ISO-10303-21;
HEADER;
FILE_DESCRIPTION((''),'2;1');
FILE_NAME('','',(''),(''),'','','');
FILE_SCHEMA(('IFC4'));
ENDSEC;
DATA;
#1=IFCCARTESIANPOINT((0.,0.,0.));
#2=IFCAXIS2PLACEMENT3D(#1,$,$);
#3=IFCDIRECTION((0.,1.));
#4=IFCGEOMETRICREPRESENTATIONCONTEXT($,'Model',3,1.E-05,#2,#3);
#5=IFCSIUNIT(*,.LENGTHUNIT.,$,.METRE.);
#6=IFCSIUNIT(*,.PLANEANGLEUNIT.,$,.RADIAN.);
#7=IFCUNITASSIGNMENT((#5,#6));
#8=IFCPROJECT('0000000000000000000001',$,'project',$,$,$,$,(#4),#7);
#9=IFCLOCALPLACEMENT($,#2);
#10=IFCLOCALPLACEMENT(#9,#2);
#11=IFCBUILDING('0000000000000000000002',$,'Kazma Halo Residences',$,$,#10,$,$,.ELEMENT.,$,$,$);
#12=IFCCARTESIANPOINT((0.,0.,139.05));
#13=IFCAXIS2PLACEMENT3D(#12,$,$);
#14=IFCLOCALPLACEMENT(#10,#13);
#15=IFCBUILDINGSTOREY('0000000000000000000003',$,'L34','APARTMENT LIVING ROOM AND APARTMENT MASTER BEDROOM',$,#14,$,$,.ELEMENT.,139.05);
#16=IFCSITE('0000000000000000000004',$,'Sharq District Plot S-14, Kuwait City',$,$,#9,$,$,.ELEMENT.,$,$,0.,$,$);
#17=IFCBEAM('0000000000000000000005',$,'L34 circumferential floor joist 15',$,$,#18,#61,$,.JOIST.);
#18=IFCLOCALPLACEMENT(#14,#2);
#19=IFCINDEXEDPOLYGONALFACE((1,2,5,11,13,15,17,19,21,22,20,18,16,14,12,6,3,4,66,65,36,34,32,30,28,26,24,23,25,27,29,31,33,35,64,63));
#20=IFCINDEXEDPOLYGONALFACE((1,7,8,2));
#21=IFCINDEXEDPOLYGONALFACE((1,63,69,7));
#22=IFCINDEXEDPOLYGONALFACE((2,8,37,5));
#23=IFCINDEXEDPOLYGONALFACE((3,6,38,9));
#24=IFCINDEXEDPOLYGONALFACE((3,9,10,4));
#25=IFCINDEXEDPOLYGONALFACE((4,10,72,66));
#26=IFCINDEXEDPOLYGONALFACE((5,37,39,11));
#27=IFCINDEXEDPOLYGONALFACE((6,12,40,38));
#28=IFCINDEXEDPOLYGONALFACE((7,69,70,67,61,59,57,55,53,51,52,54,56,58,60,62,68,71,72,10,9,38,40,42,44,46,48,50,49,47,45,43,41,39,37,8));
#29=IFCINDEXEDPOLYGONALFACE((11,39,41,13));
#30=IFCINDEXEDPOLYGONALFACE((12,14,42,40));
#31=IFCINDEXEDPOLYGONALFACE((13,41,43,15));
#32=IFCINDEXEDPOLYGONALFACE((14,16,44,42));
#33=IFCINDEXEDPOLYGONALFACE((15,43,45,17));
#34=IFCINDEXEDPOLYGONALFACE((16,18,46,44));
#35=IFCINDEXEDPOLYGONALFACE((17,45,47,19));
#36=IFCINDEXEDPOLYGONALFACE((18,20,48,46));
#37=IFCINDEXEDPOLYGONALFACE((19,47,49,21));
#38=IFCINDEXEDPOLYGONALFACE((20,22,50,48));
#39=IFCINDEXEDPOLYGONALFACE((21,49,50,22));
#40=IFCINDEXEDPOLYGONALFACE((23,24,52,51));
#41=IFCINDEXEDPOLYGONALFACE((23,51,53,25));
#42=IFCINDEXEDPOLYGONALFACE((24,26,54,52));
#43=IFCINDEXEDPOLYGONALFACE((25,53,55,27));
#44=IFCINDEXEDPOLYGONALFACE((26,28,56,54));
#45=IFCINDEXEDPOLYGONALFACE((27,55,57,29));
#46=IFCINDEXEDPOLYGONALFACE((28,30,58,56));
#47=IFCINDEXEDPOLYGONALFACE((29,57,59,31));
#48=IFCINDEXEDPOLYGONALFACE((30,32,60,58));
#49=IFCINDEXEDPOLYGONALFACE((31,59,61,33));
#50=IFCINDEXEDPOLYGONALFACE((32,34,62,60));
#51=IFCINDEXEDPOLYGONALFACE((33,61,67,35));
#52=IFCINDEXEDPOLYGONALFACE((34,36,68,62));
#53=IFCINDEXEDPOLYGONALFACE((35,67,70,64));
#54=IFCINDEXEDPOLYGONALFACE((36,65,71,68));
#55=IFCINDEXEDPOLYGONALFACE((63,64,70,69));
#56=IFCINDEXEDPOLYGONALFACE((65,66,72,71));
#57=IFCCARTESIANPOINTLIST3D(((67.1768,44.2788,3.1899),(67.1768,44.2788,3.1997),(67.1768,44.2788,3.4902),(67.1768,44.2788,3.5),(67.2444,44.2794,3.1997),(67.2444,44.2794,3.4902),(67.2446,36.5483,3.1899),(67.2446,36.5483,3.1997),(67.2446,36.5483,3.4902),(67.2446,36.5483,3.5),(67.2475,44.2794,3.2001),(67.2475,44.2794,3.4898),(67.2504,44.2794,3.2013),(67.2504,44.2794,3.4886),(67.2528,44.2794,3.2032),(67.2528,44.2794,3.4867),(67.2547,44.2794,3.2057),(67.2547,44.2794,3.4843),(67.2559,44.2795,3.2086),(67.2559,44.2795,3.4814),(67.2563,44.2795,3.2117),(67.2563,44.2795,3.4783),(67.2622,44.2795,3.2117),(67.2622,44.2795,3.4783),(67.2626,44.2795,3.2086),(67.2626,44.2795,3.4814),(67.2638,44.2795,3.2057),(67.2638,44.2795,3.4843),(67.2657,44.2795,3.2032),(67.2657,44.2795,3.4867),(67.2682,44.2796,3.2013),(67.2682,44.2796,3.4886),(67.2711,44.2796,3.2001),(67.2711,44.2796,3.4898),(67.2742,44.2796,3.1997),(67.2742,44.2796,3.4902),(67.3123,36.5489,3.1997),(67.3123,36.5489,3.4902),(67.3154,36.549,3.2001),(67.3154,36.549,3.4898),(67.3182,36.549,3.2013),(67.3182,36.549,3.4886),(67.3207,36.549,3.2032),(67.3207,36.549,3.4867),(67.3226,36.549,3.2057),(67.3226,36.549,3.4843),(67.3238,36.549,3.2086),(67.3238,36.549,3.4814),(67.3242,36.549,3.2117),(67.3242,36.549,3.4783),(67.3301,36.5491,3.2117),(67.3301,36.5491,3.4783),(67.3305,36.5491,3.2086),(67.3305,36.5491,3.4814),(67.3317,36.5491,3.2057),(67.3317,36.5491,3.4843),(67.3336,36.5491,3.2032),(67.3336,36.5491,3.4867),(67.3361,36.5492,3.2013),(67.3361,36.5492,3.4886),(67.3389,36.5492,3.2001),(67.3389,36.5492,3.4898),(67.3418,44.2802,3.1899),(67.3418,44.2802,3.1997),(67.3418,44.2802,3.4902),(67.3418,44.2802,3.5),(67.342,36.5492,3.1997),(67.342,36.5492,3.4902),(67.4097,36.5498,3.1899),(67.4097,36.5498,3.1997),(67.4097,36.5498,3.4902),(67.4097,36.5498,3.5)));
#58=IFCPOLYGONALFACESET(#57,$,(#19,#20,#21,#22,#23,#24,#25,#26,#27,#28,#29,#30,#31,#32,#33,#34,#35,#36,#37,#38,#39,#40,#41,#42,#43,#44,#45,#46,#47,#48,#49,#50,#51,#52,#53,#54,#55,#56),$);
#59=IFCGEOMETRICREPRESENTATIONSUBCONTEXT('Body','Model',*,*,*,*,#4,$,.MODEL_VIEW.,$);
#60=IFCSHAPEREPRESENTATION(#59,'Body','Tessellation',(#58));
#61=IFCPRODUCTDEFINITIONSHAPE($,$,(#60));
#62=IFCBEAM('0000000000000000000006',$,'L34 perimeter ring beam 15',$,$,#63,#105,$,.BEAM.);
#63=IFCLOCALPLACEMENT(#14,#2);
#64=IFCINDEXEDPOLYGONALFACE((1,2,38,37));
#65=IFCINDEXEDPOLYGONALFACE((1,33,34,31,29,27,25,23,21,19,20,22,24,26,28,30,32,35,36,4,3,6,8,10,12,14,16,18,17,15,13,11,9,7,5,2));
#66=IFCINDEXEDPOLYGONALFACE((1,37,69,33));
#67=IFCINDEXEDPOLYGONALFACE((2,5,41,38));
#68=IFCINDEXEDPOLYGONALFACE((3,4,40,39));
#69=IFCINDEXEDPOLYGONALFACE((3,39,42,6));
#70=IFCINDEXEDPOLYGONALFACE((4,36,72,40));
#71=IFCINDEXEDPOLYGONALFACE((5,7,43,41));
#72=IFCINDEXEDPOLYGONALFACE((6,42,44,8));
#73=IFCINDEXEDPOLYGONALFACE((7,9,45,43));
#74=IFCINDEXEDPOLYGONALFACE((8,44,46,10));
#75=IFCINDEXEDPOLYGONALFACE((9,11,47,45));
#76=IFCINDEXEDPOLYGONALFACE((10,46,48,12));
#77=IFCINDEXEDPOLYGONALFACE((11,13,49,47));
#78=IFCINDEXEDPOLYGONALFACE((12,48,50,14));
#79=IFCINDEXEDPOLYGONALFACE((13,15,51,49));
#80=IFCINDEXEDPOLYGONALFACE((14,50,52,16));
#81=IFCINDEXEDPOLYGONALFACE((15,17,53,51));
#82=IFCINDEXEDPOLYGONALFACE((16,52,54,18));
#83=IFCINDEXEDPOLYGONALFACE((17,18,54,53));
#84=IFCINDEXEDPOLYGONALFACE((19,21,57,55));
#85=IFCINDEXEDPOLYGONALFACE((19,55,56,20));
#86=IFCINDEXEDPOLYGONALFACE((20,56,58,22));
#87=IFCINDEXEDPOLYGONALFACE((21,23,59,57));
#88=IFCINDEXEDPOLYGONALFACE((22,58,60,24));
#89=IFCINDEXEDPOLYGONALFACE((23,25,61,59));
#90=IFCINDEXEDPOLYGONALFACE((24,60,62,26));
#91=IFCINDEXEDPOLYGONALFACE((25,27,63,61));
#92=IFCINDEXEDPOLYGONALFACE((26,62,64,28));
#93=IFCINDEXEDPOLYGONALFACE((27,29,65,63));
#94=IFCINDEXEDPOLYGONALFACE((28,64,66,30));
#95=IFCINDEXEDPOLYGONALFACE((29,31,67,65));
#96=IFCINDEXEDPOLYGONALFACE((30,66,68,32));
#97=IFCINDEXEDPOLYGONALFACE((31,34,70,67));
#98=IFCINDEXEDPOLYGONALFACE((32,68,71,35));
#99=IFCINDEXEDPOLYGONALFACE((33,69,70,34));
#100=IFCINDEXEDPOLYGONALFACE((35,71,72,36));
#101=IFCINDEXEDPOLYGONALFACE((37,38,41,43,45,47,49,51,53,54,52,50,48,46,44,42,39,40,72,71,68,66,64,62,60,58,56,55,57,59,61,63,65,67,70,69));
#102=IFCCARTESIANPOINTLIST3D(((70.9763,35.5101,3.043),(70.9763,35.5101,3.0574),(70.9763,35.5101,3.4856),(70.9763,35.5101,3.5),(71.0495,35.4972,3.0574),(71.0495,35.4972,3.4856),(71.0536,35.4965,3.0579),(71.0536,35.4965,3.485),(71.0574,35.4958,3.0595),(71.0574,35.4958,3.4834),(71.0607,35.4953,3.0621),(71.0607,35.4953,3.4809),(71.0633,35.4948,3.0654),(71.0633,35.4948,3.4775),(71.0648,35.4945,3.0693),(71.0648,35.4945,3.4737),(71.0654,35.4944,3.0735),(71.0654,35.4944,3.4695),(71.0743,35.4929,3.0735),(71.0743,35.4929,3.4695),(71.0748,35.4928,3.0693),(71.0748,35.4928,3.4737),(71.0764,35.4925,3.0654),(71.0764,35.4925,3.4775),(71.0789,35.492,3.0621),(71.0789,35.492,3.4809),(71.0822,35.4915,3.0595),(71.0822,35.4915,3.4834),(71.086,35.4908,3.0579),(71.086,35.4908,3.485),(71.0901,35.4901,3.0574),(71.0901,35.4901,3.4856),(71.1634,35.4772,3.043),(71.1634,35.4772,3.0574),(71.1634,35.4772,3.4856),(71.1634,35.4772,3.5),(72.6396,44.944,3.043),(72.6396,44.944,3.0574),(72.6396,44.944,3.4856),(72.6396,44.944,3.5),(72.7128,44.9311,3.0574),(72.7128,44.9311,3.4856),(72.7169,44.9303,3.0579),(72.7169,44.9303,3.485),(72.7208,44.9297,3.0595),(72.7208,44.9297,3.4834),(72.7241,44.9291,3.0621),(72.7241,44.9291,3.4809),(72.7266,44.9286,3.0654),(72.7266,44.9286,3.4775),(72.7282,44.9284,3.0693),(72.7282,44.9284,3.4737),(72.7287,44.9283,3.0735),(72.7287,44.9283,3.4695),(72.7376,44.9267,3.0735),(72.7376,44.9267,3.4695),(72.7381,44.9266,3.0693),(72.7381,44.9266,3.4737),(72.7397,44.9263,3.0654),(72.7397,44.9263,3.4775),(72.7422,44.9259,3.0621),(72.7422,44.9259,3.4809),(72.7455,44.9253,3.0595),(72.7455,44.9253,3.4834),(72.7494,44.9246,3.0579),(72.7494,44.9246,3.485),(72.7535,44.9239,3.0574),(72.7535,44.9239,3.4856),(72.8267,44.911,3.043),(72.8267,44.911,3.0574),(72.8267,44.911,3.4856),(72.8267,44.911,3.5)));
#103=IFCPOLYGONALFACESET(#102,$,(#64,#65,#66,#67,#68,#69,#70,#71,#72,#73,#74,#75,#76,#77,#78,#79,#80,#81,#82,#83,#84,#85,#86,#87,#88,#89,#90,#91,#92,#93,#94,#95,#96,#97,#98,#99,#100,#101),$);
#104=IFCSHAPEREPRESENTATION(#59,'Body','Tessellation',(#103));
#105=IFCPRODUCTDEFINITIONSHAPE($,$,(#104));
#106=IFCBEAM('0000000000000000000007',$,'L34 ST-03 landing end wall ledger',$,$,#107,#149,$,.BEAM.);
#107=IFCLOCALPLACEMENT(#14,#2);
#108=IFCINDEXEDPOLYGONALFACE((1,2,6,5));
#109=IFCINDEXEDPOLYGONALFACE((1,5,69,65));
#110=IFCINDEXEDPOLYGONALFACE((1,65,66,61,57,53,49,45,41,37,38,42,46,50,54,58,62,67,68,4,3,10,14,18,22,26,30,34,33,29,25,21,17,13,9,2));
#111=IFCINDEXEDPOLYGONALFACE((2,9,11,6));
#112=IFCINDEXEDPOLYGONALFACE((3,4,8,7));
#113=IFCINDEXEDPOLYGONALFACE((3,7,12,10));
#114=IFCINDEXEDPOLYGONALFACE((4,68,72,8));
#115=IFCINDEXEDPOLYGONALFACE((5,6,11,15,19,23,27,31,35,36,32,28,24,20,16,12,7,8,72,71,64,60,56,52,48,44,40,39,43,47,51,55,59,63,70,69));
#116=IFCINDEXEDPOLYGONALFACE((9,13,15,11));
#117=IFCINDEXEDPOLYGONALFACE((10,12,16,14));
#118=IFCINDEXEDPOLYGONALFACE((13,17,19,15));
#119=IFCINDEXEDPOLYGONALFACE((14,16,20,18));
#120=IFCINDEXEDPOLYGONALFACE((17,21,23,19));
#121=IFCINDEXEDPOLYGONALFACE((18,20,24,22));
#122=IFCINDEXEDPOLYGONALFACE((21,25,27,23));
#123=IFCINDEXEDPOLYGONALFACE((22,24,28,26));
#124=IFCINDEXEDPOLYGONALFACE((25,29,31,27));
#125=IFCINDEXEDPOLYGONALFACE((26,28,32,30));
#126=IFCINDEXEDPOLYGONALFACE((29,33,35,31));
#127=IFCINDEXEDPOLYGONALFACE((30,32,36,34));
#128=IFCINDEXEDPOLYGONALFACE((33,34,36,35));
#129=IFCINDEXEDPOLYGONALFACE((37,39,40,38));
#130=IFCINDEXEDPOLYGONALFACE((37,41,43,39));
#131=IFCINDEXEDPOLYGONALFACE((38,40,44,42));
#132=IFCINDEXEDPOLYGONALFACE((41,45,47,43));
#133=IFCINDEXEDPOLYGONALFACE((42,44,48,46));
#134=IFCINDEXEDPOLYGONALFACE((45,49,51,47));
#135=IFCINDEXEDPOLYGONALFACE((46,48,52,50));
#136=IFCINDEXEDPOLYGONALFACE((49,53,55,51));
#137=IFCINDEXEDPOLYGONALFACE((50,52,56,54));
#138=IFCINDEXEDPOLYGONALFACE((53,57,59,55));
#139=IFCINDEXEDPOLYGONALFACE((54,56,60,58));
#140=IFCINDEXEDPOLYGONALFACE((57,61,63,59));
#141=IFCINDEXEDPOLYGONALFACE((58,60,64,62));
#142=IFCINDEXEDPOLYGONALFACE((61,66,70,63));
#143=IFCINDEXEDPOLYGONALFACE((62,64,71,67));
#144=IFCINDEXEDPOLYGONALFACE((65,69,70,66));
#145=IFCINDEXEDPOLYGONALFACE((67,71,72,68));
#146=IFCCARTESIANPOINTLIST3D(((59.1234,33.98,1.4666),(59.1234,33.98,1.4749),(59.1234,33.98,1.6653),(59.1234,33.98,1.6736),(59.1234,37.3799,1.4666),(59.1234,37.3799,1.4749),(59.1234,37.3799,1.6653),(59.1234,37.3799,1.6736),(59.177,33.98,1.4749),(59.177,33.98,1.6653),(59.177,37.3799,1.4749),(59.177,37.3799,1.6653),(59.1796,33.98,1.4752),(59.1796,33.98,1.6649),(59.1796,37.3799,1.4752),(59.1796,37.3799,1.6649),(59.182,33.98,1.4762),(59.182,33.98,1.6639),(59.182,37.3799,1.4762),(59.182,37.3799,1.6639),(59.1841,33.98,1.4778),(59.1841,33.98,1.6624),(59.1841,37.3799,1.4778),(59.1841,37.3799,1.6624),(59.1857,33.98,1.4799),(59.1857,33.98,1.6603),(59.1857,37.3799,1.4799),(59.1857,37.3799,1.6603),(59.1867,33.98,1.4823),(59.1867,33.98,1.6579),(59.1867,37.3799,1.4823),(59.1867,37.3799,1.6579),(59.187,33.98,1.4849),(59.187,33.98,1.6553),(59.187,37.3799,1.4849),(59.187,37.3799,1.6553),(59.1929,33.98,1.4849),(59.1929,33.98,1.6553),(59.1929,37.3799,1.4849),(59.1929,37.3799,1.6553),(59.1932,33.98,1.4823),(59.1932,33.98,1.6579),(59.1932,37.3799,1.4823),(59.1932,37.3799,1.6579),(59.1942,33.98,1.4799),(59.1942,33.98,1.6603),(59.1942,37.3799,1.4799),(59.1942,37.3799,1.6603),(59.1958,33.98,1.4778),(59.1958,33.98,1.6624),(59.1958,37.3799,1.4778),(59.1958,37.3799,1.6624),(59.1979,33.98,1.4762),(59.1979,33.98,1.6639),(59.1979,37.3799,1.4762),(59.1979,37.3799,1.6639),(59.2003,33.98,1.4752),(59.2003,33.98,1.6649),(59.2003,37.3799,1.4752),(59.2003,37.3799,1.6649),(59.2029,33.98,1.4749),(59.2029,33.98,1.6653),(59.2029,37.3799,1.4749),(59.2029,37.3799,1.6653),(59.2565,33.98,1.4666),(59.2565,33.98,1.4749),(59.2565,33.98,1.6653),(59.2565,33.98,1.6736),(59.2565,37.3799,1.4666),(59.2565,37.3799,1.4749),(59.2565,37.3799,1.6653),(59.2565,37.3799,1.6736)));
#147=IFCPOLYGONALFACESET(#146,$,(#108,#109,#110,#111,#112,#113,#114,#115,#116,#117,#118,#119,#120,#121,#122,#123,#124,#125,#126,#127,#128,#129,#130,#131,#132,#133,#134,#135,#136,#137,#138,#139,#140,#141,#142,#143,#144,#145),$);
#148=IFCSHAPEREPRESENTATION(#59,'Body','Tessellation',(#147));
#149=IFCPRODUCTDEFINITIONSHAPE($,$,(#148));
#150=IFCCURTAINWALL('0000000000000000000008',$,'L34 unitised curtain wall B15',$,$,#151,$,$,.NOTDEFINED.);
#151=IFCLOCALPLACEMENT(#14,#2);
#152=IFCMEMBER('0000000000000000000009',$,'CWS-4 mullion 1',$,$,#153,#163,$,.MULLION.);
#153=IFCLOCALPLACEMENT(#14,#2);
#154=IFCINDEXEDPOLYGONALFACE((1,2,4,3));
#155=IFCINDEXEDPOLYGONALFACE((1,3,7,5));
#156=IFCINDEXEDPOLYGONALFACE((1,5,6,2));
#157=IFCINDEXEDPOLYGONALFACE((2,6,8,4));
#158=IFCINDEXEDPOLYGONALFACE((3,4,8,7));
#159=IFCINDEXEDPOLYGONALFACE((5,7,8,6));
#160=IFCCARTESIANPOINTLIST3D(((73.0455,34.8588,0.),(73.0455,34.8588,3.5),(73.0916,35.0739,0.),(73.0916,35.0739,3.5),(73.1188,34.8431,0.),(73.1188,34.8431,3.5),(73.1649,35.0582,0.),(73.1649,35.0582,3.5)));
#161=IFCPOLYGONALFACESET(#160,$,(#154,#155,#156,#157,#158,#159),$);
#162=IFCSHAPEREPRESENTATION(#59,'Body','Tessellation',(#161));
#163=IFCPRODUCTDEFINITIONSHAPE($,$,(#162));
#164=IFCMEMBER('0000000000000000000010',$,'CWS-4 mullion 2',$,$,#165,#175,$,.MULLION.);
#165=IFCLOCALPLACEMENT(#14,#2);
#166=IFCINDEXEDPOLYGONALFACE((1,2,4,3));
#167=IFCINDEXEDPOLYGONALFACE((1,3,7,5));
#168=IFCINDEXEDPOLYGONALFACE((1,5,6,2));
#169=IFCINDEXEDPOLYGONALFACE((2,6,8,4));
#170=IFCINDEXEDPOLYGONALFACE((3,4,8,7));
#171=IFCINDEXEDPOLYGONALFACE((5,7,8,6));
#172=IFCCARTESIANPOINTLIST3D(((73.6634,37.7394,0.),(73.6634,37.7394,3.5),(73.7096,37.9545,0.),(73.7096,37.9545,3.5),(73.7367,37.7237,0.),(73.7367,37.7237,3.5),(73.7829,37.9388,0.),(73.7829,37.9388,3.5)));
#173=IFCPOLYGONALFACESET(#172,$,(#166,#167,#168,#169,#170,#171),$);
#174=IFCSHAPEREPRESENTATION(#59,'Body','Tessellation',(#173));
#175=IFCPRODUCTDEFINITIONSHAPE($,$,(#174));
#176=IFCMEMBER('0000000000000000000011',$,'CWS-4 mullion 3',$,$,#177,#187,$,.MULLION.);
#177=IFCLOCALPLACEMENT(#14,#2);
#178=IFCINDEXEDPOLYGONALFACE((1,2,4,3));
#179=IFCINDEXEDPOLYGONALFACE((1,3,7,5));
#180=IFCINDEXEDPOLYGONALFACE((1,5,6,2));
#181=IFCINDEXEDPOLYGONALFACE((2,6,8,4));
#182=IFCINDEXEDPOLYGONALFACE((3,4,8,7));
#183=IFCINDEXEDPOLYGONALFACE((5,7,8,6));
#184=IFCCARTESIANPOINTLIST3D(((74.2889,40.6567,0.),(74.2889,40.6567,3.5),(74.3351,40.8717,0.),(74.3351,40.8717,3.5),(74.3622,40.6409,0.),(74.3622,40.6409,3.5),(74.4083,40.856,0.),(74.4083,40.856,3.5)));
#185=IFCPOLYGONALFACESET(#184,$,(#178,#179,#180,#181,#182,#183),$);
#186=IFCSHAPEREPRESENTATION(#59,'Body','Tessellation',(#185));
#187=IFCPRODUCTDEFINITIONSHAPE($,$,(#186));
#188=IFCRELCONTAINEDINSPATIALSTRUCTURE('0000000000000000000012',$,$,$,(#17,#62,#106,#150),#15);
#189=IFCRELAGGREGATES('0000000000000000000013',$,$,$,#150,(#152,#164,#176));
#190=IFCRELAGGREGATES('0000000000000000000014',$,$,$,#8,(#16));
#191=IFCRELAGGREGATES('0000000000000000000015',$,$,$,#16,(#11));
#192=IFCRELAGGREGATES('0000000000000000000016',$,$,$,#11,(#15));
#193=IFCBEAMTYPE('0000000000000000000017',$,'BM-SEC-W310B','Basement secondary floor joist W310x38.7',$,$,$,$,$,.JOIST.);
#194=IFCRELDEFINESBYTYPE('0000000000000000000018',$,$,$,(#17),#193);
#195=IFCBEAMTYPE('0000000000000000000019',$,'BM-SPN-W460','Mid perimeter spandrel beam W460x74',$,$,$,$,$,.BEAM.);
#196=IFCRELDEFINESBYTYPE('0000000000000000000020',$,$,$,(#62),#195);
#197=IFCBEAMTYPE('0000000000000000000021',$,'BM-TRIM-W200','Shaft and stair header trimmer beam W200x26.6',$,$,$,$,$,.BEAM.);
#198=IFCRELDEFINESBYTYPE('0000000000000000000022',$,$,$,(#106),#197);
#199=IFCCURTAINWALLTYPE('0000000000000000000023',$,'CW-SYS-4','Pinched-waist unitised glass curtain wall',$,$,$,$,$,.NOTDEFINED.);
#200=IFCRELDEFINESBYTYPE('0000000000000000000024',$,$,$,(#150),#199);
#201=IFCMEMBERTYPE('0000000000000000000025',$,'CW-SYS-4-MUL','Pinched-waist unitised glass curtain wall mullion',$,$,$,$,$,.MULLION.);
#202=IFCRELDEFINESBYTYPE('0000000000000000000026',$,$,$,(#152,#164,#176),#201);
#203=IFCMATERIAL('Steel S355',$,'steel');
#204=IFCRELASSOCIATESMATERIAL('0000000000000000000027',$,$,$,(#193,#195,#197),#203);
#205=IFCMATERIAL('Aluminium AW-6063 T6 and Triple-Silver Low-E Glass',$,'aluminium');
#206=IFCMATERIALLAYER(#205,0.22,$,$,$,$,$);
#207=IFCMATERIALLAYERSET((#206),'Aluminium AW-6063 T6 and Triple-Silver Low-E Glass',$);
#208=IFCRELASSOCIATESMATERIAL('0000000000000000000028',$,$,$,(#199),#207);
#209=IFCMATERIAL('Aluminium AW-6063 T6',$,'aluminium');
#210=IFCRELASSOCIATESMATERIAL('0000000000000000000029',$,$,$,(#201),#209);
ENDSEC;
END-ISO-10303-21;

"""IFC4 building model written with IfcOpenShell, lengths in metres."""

from ifc_helpers import new_model, si_unit, direction, frame, origin, origin_2d, place, context, subcontext, project, spatial, rectangle, i_section, extrude, material, layer, layer_set, material_profile, profile_set, type_object, element, aggregate, save


model = new_model("IFC4")

# Units and contexts
model_context = context("Model", 3, precision=1e-05, world=origin(), true_north=direction((0.0, 1.0)))
body_context = subcontext(model_context, "Body", "Model", "MODEL_VIEW")
ifc_project = project(units=[si_unit("LENGTHUNIT", "METRE"), si_unit("PLANEANGLEUNIT", "RADIAN")], contexts=[model_context])

# Site, building, storey
site_placement = place(None, origin())
site = spatial("IfcSite", under=ifc_project, at=site_placement, Name="Sharq District Plot S-14, Kuwait City", CompositionType="ELEMENT", RefElevation=0.0)
building_placement = place(site_placement, origin())
building = spatial("IfcBuilding", under=site, at=building_placement, Name="Kazma Halo Residences", CompositionType="ELEMENT")
storey_placement = place(building_placement, frame((0.0, 0.0, 139.05)))
storey = spatial("IfcBuildingStorey", under=building, at=storey_placement, Name="L34", Description="APARTMENT LIVING ROOM AND APARTMENT MASTER BEDROOM", CompositionType="ELEMENT", Elevation=139.05)

# Beams
ifc_material_1 = material(Name="Steel S355", Category="steel")
ifc_material_profile_1 = material_profile(ifc_material_1, i_section(OverallWidth=0.165, OverallDepth=0.3101, WebThickness=0.0059, FlangeThickness=0.0098, FilletRadius=0.012, at=origin_2d()), Name="W310x38.7")
ifc_profile_set_1 = profile_set([ifc_material_profile_1], Name="Steel S355")
beam_type_1 = type_object("IfcBeamType", Name="BM-SEC-W310B", Description="Basement secondary floor joist W310x38.7", PredefinedType="JOIST", material=ifc_profile_set_1)
beam_1_placement = place(storey_placement, frame((67.3271, 36.5491, 3.345), z_axis=(-0.008779, 0.999961, 0.0), x_axis=(-0.999961, -0.008779, 0.0)))
element("IfcBeam", 1, at=beam_1_placement, inside=storey, type_object=beam_type_1, Name="L34 circumferential floor joist 15", PredefinedType="JOIST", context=body_context, shape_type="SweptSolid", body=[
    extrude(i_section(OverallWidth=0.165, OverallDepth=0.3101, WebThickness=0.0059, FlangeThickness=0.0098, FilletRadius=0.012, at=origin_2d()), origin(), (0.0, 0.0, 1.0), 7.7307),
])
ifc_material_profile_2 = material_profile(ifc_material_1, i_section(OverallWidth=0.1899, OverallDepth=0.457, WebThickness=0.009, FlangeThickness=0.0144, FilletRadius=0.0161, at=origin_2d()), Name="W460x74")
ifc_profile_set_2 = profile_set([ifc_material_profile_2], Name="Steel S355")
beam_type_2 = type_object("IfcBeamType", Name="BM-SPN-W460", Description="Mid perimeter spandrel beam W460x74", PredefinedType="BEAM", material=ifc_profile_set_2)
beam_2_placement = place(storey_placement, frame((71.0698, 35.4937, 3.2715), z_axis=(0.173637, 0.98481, 0.0), x_axis=(-0.98481, 0.173637, 0.0)))
element("IfcBeam", 2, at=beam_2_placement, inside=storey, type_object=beam_type_2, Name="L34 perimeter ring beam 15", PredefinedType="BEAM", context=body_context, shape_type="SweptSolid", body=[
    extrude(i_section(OverallWidth=0.1899, OverallDepth=0.457, WebThickness=0.009, FlangeThickness=0.0144, FilletRadius=0.0161, at=origin_2d()), origin(), (0.0, 0.0, 1.0), 9.5793),
])
ifc_material_profile_3 = material_profile(ifc_material_1, i_section(OverallWidth=0.1331, OverallDepth=0.207, WebThickness=0.0059, FlangeThickness=0.0083, FilletRadius=0.01, at=origin_2d()), Name="W200x26.6")
ifc_profile_set_3 = profile_set([ifc_material_profile_3], Name="Steel S355")
beam_type_3 = type_object("IfcBeamType", Name="BM-TRIM-W200", Description="Shaft and stair header trimmer beam W200x26.6", PredefinedType="BEAM", material=ifc_profile_set_3)
beam_3_placement = place(storey_placement, frame((59.1899, 33.98, 1.5701), z_axis=(0.0, 1.0, 0.0), x_axis=(-1.0, 0.0, 0.0)))
element("IfcBeam", 3, at=beam_3_placement, inside=storey, type_object=beam_type_3, Name="L34 ST-03 landing end wall ledger", PredefinedType="BEAM", context=body_context, shape_type="SweptSolid", body=[
    extrude(i_section(OverallWidth=0.1331, OverallDepth=0.207, WebThickness=0.0059, FlangeThickness=0.0083, FilletRadius=0.01, at=origin_2d()), origin(), (0.0, 0.0, 1.0), 3.3999),
])

# Curtain wall, members
ifc_material_2 = material(Name="Aluminium AW-6063 T6 and Triple-Silver Low-E Glass", Category="aluminium")
ifc_layer_1 = layer(ifc_material_2, 0.22)
ifc_layer_set_1 = layer_set([ifc_layer_1], Name="Aluminium AW-6063 T6 and Triple-Silver Low-E Glass")
curtain_wall_type = type_object("IfcCurtainWallType", Name="CW-SYS-4", Description="Pinched-waist unitised glass curtain wall", PredefinedType="NOTDEFINED", material=ifc_layer_set_1)
curtain_wall_placement = place(storey_placement, origin())
curtain_wall = element("IfcCurtainWall", 4, at=curtain_wall_placement, inside=storey, type_object=curtain_wall_type, Name="L34 unitised curtain wall B15", PredefinedType="NOTDEFINED")
ifc_material_3 = material(Name="Aluminium AW-6063 T6", Category="aluminium")
ifc_material_profile_4 = material_profile(ifc_material_3, rectangle(XDim=0.075, YDim=0.22, at=origin_2d()), Name="CWM-75x220")
ifc_profile_set_4 = profile_set([ifc_material_profile_4], Name="Aluminium AW-6063 T6")
member_type_1 = type_object("IfcMemberType", Name="CW-SYS-4-MUL", Description="Pinched-waist unitised glass curtain wall mullion", PredefinedType="MULLION", material=ifc_profile_set_4)
member_1_placement = place(storey_placement, frame((73.1052, 34.9585, 0.0), z_axis=(0.0, 0.0, 1.0), x_axis=(-0.977765, 0.209704, 0.0)))
member_1 = element("IfcMember", 5, at=member_1_placement, type_object=member_type_1, Name="CWS-4 mullion 1", PredefinedType="MULLION", context=body_context, shape_type="SweptSolid", body=[
    extrude(rectangle(XDim=0.075, YDim=0.22, at=origin_2d()), origin(), (0.0, 0.0, 1.0), 3.5),
])
member_2_placement = place(storey_placement, frame((73.7231, 37.8391, 0.0), z_axis=(0.0, 0.0, 1.0), x_axis=(-0.977765, 0.209704, 0.0)))
member_2 = element("IfcMember", 6, at=member_2_placement, type_object=member_type_1, Name="CWS-4 mullion 2", PredefinedType="MULLION", context=body_context, shape_type="SweptSolid", body=[
    extrude(rectangle(XDim=0.075, YDim=0.22, at=origin_2d()), origin(), (0.0, 0.0, 1.0), 3.5),
])
member_3_placement = place(storey_placement, frame((74.3486, 40.7563, 0.0), z_axis=(0.0, 0.0, 1.0), x_axis=(-0.977765, 0.209704, 0.0)))
member_3 = element("IfcMember", 7, at=member_3_placement, type_object=member_type_1, Name="CWS-4 mullion 3", PredefinedType="MULLION", context=body_context, shape_type="SweptSolid", body=[
    extrude(rectangle(XDim=0.075, YDim=0.22, at=origin_2d()), origin(), (0.0, 0.0, 1.0), 3.5),
])
aggregate(curtain_wall, [member_1, member_2, member_3])

save(model, "model.ifc")
